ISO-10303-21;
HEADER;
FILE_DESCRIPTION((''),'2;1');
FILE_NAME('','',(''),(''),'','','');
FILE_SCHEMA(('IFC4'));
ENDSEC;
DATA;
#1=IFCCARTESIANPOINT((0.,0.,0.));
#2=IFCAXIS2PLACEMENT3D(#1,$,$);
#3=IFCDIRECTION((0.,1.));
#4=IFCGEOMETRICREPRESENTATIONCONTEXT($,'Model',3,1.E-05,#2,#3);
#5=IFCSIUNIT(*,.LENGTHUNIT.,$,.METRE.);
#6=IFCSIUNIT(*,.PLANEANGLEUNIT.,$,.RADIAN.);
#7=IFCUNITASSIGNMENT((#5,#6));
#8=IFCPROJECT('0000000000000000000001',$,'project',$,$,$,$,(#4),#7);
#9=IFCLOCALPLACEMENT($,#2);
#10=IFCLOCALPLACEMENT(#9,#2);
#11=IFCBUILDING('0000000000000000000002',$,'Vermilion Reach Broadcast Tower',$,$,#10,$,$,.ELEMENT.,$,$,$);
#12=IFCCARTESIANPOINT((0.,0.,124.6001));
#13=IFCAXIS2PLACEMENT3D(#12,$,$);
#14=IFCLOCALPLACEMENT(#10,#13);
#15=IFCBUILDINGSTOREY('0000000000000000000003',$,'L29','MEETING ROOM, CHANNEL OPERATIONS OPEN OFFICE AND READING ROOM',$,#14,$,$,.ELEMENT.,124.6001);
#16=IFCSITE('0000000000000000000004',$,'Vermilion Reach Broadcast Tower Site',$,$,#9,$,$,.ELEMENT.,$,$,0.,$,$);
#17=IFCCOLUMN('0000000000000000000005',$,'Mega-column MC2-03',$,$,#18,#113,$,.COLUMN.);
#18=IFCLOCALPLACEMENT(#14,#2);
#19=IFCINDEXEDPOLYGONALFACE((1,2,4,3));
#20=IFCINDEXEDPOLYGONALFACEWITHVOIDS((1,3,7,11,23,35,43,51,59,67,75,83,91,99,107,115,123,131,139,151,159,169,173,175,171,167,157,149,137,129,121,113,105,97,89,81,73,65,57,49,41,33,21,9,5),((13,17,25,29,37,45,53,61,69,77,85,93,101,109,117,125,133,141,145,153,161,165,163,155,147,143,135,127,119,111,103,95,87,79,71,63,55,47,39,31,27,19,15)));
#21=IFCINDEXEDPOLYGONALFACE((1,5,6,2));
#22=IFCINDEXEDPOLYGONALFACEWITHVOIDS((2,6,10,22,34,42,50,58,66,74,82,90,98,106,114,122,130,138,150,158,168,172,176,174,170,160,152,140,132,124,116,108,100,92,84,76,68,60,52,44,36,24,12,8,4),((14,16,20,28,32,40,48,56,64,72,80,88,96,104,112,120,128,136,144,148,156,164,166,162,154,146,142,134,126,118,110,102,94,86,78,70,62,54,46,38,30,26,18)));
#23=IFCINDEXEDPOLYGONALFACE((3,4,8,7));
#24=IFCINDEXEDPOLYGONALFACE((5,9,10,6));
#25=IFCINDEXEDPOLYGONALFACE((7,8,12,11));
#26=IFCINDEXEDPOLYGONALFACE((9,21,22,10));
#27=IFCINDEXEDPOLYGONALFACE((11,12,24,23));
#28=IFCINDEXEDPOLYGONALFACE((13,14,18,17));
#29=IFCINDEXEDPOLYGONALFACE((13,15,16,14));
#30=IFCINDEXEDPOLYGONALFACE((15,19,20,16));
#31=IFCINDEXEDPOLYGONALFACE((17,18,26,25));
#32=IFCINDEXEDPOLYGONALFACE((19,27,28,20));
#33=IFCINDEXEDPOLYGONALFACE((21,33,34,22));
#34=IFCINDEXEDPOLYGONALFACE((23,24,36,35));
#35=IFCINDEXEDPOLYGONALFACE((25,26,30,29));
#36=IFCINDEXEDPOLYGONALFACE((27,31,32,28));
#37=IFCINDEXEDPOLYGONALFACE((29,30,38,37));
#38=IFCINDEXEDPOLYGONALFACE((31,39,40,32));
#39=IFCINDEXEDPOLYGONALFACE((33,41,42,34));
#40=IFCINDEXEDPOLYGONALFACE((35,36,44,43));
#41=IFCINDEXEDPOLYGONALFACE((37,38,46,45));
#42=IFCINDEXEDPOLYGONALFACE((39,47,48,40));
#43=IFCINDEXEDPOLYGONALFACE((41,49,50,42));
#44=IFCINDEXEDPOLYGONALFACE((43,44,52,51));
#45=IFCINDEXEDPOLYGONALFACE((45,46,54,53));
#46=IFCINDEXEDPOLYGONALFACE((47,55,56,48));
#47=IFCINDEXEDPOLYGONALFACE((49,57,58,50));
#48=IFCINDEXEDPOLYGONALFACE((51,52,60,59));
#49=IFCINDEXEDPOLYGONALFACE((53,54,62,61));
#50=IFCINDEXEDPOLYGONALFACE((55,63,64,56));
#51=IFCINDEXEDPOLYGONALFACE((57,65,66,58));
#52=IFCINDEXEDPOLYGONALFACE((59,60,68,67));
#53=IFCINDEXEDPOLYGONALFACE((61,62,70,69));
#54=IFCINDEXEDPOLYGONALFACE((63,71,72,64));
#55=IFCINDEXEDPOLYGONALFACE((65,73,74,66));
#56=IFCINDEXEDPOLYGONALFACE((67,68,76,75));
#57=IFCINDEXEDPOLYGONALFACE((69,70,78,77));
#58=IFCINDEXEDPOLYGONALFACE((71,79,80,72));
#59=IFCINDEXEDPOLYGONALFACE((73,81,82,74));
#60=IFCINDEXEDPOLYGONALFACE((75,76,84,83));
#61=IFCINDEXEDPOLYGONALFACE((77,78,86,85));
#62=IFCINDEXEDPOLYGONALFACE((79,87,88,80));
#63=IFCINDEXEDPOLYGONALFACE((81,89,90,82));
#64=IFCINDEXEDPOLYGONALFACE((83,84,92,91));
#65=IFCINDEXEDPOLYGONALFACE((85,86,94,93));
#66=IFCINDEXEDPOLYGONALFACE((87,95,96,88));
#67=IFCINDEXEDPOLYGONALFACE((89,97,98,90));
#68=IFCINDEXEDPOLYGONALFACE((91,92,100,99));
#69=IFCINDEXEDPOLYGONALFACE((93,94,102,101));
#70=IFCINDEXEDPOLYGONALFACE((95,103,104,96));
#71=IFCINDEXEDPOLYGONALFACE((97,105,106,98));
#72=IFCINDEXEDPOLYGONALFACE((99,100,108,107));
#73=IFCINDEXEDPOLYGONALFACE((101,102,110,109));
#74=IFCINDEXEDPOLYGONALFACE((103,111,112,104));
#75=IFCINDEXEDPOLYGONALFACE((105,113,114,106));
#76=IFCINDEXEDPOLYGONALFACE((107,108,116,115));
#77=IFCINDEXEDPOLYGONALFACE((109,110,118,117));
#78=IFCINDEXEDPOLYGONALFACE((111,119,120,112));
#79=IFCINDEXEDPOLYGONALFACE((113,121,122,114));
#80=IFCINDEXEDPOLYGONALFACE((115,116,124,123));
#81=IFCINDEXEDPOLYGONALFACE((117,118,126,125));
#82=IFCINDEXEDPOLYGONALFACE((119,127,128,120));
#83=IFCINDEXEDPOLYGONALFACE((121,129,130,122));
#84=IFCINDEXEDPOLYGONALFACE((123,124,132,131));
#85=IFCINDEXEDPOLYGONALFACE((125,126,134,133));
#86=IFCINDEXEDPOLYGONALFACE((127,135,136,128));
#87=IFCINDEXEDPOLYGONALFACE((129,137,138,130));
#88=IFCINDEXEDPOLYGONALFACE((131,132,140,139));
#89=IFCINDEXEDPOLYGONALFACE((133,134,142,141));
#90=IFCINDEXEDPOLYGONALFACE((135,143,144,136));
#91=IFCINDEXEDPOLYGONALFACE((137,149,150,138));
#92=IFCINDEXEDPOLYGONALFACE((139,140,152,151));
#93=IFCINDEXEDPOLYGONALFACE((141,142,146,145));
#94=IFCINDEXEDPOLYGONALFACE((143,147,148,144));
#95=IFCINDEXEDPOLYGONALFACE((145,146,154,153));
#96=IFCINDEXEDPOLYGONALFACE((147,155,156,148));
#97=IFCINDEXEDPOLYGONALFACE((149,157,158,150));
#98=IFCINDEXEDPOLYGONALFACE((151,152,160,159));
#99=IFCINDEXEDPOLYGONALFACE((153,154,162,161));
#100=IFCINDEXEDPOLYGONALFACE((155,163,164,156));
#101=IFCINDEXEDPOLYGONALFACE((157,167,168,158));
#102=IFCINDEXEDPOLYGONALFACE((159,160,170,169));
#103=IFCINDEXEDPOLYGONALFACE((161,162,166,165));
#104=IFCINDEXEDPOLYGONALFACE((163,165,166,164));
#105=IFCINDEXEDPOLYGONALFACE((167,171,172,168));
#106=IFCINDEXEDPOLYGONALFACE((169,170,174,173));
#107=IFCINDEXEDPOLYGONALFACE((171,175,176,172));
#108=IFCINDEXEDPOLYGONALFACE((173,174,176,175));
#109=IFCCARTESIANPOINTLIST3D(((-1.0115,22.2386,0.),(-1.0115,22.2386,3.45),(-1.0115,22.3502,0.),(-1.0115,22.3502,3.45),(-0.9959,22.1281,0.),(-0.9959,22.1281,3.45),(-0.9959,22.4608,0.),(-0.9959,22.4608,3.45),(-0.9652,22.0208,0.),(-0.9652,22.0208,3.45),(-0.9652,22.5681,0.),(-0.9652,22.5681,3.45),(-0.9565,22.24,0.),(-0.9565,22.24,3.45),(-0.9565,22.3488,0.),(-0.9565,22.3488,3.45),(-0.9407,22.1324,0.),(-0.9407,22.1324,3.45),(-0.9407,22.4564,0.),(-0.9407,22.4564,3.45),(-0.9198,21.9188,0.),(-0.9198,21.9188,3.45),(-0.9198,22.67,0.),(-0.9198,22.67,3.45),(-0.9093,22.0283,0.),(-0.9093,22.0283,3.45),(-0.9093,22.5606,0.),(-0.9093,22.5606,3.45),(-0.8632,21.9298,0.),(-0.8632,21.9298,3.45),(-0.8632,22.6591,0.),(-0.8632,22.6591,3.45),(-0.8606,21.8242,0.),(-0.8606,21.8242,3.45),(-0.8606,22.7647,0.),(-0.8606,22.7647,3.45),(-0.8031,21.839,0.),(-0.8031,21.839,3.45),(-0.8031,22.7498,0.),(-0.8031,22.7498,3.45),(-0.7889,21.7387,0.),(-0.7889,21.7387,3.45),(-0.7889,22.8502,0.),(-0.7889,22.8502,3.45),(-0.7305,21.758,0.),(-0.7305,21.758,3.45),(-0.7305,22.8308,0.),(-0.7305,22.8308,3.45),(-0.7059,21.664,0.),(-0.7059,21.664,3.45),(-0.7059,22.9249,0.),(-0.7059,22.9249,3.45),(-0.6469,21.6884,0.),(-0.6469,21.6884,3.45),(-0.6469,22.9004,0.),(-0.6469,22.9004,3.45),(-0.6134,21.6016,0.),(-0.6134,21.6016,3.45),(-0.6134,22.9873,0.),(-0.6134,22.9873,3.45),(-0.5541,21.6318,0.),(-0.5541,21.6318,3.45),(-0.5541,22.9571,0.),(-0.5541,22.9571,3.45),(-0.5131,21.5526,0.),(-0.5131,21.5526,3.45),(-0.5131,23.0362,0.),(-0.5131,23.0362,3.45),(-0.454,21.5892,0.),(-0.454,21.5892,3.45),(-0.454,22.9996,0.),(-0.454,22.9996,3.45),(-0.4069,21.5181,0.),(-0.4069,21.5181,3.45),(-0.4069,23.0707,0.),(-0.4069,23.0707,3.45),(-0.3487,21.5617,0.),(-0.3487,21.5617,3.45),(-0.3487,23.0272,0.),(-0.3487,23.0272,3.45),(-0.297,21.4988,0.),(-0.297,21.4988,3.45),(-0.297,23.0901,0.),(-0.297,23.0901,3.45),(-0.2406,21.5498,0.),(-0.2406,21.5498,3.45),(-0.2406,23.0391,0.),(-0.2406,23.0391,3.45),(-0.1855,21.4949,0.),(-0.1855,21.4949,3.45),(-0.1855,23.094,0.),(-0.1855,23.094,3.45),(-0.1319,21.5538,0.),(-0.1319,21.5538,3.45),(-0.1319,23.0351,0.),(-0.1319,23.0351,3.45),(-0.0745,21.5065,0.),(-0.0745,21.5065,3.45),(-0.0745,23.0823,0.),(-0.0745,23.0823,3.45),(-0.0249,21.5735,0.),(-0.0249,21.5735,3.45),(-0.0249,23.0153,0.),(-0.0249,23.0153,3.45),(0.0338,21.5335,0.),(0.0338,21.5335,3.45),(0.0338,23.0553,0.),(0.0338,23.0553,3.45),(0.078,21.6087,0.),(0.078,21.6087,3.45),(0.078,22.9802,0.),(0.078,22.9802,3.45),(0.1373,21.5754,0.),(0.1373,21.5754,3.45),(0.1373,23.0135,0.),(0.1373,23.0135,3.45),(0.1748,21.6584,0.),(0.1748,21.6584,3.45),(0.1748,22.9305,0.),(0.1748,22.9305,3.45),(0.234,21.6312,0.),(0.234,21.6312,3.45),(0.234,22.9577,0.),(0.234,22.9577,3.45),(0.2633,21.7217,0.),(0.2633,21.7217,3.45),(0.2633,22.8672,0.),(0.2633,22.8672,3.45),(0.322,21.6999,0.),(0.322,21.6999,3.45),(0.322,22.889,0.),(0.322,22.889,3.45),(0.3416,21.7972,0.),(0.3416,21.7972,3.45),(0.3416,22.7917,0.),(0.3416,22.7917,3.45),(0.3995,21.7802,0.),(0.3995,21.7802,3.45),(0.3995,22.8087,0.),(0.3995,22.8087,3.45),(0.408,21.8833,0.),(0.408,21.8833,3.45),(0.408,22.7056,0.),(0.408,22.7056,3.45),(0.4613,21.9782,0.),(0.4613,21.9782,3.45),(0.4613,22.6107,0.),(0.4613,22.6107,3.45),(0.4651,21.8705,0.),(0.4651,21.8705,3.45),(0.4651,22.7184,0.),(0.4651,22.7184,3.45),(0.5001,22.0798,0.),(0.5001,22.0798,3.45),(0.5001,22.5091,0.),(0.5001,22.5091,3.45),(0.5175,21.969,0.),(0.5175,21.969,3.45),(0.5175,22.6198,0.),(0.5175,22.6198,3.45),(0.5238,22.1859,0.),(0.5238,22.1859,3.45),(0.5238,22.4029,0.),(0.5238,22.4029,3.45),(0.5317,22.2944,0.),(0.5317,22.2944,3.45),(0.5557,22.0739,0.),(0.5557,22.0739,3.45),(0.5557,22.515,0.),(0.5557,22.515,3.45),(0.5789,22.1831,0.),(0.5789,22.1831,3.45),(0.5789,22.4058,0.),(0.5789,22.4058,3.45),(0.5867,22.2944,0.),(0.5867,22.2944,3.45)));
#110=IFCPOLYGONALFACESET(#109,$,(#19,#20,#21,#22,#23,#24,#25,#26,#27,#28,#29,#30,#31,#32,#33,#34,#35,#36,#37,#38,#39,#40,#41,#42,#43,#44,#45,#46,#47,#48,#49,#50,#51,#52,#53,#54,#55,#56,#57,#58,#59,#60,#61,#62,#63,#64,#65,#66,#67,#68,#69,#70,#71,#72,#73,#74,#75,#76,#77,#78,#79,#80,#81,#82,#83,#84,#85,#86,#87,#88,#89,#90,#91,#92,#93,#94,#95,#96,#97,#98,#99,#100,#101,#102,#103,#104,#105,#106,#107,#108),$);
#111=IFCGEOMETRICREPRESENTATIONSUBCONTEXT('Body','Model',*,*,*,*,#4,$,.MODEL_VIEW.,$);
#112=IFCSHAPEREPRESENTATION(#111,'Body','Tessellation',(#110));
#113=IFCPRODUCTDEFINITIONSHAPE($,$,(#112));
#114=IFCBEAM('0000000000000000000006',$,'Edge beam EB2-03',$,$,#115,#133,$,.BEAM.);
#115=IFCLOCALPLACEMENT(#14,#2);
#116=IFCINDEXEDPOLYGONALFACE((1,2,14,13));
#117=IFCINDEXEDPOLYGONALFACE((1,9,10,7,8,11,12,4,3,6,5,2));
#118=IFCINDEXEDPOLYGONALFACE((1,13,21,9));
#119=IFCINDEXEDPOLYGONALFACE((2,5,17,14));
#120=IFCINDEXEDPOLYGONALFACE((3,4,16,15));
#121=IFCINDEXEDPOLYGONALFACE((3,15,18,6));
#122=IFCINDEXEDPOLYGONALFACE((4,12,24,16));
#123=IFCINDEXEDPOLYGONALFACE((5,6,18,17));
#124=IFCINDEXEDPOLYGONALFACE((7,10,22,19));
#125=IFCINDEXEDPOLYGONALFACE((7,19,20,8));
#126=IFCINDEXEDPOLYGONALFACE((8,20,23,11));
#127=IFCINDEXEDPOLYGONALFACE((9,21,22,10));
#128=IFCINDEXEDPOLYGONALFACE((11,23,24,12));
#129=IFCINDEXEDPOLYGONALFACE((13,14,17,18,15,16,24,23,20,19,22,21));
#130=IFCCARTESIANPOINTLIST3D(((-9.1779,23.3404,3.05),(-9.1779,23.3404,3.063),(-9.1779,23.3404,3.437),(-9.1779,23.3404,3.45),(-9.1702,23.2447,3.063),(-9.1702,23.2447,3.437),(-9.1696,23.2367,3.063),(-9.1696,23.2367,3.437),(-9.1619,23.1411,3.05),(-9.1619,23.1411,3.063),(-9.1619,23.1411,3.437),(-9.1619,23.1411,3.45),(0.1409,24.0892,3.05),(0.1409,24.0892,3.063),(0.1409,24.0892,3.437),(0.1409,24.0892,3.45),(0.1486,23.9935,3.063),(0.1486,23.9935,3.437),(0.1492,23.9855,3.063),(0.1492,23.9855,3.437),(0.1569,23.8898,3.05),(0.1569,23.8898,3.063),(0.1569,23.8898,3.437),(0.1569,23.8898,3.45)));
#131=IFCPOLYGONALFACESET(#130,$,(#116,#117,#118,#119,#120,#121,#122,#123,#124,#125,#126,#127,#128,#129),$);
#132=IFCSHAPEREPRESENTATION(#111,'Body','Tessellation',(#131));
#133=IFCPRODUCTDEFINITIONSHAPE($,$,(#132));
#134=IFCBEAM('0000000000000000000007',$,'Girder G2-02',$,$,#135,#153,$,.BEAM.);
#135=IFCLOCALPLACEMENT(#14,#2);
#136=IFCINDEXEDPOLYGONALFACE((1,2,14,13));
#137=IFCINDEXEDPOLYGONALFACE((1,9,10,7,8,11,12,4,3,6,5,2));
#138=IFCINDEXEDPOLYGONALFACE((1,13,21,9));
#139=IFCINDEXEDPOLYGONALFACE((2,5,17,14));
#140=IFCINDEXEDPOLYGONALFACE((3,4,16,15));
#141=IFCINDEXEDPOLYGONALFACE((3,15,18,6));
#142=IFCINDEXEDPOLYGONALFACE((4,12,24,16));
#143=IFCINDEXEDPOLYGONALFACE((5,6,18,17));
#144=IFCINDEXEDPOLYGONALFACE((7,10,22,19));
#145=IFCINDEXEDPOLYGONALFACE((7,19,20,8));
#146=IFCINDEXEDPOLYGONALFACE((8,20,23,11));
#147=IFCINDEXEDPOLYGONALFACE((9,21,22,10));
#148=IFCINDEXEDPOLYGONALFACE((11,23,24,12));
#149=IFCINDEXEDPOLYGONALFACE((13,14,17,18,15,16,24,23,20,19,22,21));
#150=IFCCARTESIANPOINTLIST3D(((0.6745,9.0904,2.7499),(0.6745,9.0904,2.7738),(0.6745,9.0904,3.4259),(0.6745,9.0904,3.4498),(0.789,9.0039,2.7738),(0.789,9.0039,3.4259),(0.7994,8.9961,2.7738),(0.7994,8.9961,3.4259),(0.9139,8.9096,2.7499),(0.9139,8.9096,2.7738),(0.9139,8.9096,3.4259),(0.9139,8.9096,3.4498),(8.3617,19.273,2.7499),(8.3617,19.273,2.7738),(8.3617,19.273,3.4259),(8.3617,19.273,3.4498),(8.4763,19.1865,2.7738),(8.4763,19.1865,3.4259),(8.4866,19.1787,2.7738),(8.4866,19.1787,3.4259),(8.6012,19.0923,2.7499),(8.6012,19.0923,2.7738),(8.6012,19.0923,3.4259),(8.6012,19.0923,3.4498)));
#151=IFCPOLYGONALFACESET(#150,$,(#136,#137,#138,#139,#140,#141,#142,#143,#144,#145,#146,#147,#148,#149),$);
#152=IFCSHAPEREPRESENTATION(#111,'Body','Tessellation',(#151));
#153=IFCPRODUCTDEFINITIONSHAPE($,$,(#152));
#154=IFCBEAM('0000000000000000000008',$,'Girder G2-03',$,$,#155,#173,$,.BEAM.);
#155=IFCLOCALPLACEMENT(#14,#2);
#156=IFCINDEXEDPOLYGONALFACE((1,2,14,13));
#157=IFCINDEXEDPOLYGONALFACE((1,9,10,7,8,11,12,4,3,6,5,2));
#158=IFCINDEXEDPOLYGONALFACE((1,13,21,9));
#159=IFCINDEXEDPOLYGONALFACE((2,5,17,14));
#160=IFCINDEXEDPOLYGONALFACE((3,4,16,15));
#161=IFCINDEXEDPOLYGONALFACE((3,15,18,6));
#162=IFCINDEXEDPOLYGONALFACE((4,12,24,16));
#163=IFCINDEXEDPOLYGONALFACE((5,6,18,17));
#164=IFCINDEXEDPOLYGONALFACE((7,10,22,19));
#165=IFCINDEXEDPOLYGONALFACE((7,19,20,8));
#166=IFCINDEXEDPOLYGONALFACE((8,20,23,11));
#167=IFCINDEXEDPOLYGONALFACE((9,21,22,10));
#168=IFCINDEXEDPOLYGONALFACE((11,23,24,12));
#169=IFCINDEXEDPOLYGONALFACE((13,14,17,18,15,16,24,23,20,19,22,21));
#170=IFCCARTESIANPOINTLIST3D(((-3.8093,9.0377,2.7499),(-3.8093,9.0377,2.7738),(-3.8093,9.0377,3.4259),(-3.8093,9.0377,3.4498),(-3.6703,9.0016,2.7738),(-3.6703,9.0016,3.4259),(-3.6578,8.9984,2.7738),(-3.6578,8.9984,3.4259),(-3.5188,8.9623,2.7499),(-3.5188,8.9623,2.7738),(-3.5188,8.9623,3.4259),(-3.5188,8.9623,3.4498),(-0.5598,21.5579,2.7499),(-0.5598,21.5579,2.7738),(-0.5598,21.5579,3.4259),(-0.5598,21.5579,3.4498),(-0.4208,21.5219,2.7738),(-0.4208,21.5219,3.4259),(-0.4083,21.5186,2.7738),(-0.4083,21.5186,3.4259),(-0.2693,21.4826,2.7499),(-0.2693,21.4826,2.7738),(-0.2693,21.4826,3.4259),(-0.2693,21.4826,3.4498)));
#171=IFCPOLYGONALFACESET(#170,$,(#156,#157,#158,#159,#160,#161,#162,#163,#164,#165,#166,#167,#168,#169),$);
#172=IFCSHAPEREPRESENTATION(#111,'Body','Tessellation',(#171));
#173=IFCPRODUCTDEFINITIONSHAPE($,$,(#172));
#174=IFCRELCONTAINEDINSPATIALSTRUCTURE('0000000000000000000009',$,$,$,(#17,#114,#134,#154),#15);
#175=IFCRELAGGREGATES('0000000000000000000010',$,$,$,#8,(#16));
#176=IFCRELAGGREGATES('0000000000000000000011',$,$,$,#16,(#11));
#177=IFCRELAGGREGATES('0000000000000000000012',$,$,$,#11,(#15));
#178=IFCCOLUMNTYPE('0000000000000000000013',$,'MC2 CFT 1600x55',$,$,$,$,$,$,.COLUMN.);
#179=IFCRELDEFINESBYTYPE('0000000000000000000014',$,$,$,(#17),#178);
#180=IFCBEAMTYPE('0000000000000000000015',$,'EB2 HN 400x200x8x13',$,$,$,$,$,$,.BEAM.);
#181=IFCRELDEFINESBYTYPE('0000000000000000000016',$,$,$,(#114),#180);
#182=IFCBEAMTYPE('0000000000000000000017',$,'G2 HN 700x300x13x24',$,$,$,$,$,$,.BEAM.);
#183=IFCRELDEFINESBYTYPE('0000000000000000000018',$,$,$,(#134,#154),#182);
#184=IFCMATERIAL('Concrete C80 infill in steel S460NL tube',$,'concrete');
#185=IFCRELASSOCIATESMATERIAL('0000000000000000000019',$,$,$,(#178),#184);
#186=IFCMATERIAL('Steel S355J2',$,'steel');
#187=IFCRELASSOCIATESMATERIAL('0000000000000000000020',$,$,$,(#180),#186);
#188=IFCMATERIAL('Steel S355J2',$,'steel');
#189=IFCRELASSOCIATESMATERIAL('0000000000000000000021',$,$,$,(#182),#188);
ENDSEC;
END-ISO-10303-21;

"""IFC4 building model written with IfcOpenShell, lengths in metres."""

from ifc_helpers import new_model, si_unit, direction, frame, origin, origin_2d, place, context, subcontext, project, spatial, hollow_circle, i_section, extrude, material, material_profile, profile_set, type_object, element, save


model = new_model("IFC4")

# Units and contexts
model_context = context("Model", 3, precision=1e-05, world=origin(), true_north=direction((0.0, 1.0)))
body_context = subcontext(model_context, "Body", "Model", "MODEL_VIEW")
ifc_project = project(units=[si_unit("LENGTHUNIT", "METRE"), si_unit("PLANEANGLEUNIT", "RADIAN")], contexts=[model_context])

# Site, building, storey
site_placement = place(None, origin())
site = spatial("IfcSite", under=ifc_project, at=site_placement, Name="Vermilion Reach Broadcast Tower Site", CompositionType="ELEMENT", RefElevation=0.0)
building_placement = place(site_placement, origin())
building = spatial("IfcBuilding", under=site, at=building_placement, Name="Vermilion Reach Broadcast Tower", CompositionType="ELEMENT")
storey_placement = place(building_placement, frame((0.0, 0.0, 124.6001)))
storey = spatial("IfcBuildingStorey", under=building, at=storey_placement, Name="L29", Description="MEETING ROOM, CHANNEL OPERATIONS OPEN OFFICE AND READING ROOM", CompositionType="ELEMENT", Elevation=124.6001)

# Column
ifc_material_1 = material(Name="Concrete C80 infill in steel S460NL tube", Category="concrete")
ifc_material_profile_1 = material_profile(ifc_material_1, hollow_circle(Radius=0.8, WallThickness=0.0549, at=origin_2d()), Name="Concrete C80 infill in steel S460NL tube CFT 1600x55")
ifc_profile_set_1 = profile_set([ifc_material_profile_1], Name="Concrete C80 infill in steel S460NL tube")
column_type = type_object("IfcColumnType", Name="MC2 CFT 1600x55", PredefinedType="COLUMN", material=ifc_profile_set_1)
column_placement = place(storey_placement, frame((-0.2134, 22.2944, 0.0), z_axis=(0.0, 0.0, 1.0), x_axis=(1.0, 0.0, 0.0)))
element("IfcColumn", 1, at=column_placement, inside=storey, type_object=column_type, Name="Mega-column MC2-03", PredefinedType="COLUMN", context=body_context, shape_type="SweptSolid", body=[
    extrude(hollow_circle(Radius=0.8, WallThickness=0.0549, at=origin_2d()), origin(), (0.0, 0.0, 1.0), 3.45),
])

# Beams
ifc_material_2 = material(Name="Steel S355J2", Category="steel")
ifc_material_profile_2 = material_profile(ifc_material_2, i_section(OverallWidth=0.2, OverallDepth=0.3999, WebThickness=0.0081, FlangeThickness=0.0129, at=origin_2d()), Name="S355J2 HN 400x200x8x13")
ifc_profile_set_2 = profile_set([ifc_material_profile_2], Name="Steel S355J2")
beam_type_1 = type_object("IfcBeamType", Name="EB2 HN 400x200x8x13", PredefinedType="BEAM", material=ifc_profile_set_2)
beam_1_placement = place(storey_placement, frame((0.1489, 23.9895, 3.25), z_axis=(-0.996787, -0.080093, 0.0), x_axis=(0.080093, -0.996787, 0.0)))
element("IfcBeam", 2, at=beam_1_placement, inside=storey, type_object=beam_type_1, Name="Edge beam EB2-03", PredefinedType="BEAM", context=body_context, shape_type="SweptSolid", body=[
    extrude(i_section(OverallWidth=0.2, OverallDepth=0.3999, WebThickness=0.0081, FlangeThickness=0.0129, at=origin_2d()), origin(), (0.0, 0.0, 1.0), 9.3489),
])
ifc_material_3 = material(Name="Steel S355J2", Category="steel")
ifc_material_profile_3 = material_profile(ifc_material_3, i_section(OverallWidth=0.3, OverallDepth=0.7, WebThickness=0.0129, FlangeThickness=0.0239, at=origin_2d()), Name="S355J2 HN 700x300x13x24")
ifc_profile_set_3 = profile_set([ifc_material_profile_3], Name="Steel S355J2")
beam_type_2 = type_object("IfcBeamType", Name="G2 HN 700x300x13x24", PredefinedType="BEAM", material=ifc_profile_set_3)
beam_2_placement = place(storey_placement, frame((0.7942, 9.0, 3.0999), z_axis=(0.60252, 0.798104, 0.0), x_axis=(-0.798104, 0.60252, 0.0)))
element("IfcBeam", 3, at=beam_2_placement, inside=storey, type_object=beam_type_2, Name="Girder G2-02", PredefinedType="BEAM", context=body_context, shape_type="SweptSolid", body=[
    extrude(i_section(OverallWidth=0.3, OverallDepth=0.7, WebThickness=0.0129, FlangeThickness=0.0239, at=origin_2d()), origin(), (0.0, 0.0, 1.0), 12.7585),
])
beam_3_placement = place(storey_placement, frame((-3.6641, 9.0, 3.0999), z_axis=(0.251217, 0.967931, 0.0), x_axis=(-0.967931, 0.251217, 0.0)))
element("IfcBeam", 4, at=beam_3_placement, inside=storey, type_object=beam_type_2, Name="Girder G2-03", PredefinedType="BEAM", context=body_context, shape_type="SweptSolid", body=[
    extrude(i_section(OverallWidth=0.3, OverallDepth=0.7, WebThickness=0.0129, FlangeThickness=0.0239, at=origin_2d()), origin(), (0.0, 0.0, 1.0), 12.9351),
])

save(model, "model.ifc")
